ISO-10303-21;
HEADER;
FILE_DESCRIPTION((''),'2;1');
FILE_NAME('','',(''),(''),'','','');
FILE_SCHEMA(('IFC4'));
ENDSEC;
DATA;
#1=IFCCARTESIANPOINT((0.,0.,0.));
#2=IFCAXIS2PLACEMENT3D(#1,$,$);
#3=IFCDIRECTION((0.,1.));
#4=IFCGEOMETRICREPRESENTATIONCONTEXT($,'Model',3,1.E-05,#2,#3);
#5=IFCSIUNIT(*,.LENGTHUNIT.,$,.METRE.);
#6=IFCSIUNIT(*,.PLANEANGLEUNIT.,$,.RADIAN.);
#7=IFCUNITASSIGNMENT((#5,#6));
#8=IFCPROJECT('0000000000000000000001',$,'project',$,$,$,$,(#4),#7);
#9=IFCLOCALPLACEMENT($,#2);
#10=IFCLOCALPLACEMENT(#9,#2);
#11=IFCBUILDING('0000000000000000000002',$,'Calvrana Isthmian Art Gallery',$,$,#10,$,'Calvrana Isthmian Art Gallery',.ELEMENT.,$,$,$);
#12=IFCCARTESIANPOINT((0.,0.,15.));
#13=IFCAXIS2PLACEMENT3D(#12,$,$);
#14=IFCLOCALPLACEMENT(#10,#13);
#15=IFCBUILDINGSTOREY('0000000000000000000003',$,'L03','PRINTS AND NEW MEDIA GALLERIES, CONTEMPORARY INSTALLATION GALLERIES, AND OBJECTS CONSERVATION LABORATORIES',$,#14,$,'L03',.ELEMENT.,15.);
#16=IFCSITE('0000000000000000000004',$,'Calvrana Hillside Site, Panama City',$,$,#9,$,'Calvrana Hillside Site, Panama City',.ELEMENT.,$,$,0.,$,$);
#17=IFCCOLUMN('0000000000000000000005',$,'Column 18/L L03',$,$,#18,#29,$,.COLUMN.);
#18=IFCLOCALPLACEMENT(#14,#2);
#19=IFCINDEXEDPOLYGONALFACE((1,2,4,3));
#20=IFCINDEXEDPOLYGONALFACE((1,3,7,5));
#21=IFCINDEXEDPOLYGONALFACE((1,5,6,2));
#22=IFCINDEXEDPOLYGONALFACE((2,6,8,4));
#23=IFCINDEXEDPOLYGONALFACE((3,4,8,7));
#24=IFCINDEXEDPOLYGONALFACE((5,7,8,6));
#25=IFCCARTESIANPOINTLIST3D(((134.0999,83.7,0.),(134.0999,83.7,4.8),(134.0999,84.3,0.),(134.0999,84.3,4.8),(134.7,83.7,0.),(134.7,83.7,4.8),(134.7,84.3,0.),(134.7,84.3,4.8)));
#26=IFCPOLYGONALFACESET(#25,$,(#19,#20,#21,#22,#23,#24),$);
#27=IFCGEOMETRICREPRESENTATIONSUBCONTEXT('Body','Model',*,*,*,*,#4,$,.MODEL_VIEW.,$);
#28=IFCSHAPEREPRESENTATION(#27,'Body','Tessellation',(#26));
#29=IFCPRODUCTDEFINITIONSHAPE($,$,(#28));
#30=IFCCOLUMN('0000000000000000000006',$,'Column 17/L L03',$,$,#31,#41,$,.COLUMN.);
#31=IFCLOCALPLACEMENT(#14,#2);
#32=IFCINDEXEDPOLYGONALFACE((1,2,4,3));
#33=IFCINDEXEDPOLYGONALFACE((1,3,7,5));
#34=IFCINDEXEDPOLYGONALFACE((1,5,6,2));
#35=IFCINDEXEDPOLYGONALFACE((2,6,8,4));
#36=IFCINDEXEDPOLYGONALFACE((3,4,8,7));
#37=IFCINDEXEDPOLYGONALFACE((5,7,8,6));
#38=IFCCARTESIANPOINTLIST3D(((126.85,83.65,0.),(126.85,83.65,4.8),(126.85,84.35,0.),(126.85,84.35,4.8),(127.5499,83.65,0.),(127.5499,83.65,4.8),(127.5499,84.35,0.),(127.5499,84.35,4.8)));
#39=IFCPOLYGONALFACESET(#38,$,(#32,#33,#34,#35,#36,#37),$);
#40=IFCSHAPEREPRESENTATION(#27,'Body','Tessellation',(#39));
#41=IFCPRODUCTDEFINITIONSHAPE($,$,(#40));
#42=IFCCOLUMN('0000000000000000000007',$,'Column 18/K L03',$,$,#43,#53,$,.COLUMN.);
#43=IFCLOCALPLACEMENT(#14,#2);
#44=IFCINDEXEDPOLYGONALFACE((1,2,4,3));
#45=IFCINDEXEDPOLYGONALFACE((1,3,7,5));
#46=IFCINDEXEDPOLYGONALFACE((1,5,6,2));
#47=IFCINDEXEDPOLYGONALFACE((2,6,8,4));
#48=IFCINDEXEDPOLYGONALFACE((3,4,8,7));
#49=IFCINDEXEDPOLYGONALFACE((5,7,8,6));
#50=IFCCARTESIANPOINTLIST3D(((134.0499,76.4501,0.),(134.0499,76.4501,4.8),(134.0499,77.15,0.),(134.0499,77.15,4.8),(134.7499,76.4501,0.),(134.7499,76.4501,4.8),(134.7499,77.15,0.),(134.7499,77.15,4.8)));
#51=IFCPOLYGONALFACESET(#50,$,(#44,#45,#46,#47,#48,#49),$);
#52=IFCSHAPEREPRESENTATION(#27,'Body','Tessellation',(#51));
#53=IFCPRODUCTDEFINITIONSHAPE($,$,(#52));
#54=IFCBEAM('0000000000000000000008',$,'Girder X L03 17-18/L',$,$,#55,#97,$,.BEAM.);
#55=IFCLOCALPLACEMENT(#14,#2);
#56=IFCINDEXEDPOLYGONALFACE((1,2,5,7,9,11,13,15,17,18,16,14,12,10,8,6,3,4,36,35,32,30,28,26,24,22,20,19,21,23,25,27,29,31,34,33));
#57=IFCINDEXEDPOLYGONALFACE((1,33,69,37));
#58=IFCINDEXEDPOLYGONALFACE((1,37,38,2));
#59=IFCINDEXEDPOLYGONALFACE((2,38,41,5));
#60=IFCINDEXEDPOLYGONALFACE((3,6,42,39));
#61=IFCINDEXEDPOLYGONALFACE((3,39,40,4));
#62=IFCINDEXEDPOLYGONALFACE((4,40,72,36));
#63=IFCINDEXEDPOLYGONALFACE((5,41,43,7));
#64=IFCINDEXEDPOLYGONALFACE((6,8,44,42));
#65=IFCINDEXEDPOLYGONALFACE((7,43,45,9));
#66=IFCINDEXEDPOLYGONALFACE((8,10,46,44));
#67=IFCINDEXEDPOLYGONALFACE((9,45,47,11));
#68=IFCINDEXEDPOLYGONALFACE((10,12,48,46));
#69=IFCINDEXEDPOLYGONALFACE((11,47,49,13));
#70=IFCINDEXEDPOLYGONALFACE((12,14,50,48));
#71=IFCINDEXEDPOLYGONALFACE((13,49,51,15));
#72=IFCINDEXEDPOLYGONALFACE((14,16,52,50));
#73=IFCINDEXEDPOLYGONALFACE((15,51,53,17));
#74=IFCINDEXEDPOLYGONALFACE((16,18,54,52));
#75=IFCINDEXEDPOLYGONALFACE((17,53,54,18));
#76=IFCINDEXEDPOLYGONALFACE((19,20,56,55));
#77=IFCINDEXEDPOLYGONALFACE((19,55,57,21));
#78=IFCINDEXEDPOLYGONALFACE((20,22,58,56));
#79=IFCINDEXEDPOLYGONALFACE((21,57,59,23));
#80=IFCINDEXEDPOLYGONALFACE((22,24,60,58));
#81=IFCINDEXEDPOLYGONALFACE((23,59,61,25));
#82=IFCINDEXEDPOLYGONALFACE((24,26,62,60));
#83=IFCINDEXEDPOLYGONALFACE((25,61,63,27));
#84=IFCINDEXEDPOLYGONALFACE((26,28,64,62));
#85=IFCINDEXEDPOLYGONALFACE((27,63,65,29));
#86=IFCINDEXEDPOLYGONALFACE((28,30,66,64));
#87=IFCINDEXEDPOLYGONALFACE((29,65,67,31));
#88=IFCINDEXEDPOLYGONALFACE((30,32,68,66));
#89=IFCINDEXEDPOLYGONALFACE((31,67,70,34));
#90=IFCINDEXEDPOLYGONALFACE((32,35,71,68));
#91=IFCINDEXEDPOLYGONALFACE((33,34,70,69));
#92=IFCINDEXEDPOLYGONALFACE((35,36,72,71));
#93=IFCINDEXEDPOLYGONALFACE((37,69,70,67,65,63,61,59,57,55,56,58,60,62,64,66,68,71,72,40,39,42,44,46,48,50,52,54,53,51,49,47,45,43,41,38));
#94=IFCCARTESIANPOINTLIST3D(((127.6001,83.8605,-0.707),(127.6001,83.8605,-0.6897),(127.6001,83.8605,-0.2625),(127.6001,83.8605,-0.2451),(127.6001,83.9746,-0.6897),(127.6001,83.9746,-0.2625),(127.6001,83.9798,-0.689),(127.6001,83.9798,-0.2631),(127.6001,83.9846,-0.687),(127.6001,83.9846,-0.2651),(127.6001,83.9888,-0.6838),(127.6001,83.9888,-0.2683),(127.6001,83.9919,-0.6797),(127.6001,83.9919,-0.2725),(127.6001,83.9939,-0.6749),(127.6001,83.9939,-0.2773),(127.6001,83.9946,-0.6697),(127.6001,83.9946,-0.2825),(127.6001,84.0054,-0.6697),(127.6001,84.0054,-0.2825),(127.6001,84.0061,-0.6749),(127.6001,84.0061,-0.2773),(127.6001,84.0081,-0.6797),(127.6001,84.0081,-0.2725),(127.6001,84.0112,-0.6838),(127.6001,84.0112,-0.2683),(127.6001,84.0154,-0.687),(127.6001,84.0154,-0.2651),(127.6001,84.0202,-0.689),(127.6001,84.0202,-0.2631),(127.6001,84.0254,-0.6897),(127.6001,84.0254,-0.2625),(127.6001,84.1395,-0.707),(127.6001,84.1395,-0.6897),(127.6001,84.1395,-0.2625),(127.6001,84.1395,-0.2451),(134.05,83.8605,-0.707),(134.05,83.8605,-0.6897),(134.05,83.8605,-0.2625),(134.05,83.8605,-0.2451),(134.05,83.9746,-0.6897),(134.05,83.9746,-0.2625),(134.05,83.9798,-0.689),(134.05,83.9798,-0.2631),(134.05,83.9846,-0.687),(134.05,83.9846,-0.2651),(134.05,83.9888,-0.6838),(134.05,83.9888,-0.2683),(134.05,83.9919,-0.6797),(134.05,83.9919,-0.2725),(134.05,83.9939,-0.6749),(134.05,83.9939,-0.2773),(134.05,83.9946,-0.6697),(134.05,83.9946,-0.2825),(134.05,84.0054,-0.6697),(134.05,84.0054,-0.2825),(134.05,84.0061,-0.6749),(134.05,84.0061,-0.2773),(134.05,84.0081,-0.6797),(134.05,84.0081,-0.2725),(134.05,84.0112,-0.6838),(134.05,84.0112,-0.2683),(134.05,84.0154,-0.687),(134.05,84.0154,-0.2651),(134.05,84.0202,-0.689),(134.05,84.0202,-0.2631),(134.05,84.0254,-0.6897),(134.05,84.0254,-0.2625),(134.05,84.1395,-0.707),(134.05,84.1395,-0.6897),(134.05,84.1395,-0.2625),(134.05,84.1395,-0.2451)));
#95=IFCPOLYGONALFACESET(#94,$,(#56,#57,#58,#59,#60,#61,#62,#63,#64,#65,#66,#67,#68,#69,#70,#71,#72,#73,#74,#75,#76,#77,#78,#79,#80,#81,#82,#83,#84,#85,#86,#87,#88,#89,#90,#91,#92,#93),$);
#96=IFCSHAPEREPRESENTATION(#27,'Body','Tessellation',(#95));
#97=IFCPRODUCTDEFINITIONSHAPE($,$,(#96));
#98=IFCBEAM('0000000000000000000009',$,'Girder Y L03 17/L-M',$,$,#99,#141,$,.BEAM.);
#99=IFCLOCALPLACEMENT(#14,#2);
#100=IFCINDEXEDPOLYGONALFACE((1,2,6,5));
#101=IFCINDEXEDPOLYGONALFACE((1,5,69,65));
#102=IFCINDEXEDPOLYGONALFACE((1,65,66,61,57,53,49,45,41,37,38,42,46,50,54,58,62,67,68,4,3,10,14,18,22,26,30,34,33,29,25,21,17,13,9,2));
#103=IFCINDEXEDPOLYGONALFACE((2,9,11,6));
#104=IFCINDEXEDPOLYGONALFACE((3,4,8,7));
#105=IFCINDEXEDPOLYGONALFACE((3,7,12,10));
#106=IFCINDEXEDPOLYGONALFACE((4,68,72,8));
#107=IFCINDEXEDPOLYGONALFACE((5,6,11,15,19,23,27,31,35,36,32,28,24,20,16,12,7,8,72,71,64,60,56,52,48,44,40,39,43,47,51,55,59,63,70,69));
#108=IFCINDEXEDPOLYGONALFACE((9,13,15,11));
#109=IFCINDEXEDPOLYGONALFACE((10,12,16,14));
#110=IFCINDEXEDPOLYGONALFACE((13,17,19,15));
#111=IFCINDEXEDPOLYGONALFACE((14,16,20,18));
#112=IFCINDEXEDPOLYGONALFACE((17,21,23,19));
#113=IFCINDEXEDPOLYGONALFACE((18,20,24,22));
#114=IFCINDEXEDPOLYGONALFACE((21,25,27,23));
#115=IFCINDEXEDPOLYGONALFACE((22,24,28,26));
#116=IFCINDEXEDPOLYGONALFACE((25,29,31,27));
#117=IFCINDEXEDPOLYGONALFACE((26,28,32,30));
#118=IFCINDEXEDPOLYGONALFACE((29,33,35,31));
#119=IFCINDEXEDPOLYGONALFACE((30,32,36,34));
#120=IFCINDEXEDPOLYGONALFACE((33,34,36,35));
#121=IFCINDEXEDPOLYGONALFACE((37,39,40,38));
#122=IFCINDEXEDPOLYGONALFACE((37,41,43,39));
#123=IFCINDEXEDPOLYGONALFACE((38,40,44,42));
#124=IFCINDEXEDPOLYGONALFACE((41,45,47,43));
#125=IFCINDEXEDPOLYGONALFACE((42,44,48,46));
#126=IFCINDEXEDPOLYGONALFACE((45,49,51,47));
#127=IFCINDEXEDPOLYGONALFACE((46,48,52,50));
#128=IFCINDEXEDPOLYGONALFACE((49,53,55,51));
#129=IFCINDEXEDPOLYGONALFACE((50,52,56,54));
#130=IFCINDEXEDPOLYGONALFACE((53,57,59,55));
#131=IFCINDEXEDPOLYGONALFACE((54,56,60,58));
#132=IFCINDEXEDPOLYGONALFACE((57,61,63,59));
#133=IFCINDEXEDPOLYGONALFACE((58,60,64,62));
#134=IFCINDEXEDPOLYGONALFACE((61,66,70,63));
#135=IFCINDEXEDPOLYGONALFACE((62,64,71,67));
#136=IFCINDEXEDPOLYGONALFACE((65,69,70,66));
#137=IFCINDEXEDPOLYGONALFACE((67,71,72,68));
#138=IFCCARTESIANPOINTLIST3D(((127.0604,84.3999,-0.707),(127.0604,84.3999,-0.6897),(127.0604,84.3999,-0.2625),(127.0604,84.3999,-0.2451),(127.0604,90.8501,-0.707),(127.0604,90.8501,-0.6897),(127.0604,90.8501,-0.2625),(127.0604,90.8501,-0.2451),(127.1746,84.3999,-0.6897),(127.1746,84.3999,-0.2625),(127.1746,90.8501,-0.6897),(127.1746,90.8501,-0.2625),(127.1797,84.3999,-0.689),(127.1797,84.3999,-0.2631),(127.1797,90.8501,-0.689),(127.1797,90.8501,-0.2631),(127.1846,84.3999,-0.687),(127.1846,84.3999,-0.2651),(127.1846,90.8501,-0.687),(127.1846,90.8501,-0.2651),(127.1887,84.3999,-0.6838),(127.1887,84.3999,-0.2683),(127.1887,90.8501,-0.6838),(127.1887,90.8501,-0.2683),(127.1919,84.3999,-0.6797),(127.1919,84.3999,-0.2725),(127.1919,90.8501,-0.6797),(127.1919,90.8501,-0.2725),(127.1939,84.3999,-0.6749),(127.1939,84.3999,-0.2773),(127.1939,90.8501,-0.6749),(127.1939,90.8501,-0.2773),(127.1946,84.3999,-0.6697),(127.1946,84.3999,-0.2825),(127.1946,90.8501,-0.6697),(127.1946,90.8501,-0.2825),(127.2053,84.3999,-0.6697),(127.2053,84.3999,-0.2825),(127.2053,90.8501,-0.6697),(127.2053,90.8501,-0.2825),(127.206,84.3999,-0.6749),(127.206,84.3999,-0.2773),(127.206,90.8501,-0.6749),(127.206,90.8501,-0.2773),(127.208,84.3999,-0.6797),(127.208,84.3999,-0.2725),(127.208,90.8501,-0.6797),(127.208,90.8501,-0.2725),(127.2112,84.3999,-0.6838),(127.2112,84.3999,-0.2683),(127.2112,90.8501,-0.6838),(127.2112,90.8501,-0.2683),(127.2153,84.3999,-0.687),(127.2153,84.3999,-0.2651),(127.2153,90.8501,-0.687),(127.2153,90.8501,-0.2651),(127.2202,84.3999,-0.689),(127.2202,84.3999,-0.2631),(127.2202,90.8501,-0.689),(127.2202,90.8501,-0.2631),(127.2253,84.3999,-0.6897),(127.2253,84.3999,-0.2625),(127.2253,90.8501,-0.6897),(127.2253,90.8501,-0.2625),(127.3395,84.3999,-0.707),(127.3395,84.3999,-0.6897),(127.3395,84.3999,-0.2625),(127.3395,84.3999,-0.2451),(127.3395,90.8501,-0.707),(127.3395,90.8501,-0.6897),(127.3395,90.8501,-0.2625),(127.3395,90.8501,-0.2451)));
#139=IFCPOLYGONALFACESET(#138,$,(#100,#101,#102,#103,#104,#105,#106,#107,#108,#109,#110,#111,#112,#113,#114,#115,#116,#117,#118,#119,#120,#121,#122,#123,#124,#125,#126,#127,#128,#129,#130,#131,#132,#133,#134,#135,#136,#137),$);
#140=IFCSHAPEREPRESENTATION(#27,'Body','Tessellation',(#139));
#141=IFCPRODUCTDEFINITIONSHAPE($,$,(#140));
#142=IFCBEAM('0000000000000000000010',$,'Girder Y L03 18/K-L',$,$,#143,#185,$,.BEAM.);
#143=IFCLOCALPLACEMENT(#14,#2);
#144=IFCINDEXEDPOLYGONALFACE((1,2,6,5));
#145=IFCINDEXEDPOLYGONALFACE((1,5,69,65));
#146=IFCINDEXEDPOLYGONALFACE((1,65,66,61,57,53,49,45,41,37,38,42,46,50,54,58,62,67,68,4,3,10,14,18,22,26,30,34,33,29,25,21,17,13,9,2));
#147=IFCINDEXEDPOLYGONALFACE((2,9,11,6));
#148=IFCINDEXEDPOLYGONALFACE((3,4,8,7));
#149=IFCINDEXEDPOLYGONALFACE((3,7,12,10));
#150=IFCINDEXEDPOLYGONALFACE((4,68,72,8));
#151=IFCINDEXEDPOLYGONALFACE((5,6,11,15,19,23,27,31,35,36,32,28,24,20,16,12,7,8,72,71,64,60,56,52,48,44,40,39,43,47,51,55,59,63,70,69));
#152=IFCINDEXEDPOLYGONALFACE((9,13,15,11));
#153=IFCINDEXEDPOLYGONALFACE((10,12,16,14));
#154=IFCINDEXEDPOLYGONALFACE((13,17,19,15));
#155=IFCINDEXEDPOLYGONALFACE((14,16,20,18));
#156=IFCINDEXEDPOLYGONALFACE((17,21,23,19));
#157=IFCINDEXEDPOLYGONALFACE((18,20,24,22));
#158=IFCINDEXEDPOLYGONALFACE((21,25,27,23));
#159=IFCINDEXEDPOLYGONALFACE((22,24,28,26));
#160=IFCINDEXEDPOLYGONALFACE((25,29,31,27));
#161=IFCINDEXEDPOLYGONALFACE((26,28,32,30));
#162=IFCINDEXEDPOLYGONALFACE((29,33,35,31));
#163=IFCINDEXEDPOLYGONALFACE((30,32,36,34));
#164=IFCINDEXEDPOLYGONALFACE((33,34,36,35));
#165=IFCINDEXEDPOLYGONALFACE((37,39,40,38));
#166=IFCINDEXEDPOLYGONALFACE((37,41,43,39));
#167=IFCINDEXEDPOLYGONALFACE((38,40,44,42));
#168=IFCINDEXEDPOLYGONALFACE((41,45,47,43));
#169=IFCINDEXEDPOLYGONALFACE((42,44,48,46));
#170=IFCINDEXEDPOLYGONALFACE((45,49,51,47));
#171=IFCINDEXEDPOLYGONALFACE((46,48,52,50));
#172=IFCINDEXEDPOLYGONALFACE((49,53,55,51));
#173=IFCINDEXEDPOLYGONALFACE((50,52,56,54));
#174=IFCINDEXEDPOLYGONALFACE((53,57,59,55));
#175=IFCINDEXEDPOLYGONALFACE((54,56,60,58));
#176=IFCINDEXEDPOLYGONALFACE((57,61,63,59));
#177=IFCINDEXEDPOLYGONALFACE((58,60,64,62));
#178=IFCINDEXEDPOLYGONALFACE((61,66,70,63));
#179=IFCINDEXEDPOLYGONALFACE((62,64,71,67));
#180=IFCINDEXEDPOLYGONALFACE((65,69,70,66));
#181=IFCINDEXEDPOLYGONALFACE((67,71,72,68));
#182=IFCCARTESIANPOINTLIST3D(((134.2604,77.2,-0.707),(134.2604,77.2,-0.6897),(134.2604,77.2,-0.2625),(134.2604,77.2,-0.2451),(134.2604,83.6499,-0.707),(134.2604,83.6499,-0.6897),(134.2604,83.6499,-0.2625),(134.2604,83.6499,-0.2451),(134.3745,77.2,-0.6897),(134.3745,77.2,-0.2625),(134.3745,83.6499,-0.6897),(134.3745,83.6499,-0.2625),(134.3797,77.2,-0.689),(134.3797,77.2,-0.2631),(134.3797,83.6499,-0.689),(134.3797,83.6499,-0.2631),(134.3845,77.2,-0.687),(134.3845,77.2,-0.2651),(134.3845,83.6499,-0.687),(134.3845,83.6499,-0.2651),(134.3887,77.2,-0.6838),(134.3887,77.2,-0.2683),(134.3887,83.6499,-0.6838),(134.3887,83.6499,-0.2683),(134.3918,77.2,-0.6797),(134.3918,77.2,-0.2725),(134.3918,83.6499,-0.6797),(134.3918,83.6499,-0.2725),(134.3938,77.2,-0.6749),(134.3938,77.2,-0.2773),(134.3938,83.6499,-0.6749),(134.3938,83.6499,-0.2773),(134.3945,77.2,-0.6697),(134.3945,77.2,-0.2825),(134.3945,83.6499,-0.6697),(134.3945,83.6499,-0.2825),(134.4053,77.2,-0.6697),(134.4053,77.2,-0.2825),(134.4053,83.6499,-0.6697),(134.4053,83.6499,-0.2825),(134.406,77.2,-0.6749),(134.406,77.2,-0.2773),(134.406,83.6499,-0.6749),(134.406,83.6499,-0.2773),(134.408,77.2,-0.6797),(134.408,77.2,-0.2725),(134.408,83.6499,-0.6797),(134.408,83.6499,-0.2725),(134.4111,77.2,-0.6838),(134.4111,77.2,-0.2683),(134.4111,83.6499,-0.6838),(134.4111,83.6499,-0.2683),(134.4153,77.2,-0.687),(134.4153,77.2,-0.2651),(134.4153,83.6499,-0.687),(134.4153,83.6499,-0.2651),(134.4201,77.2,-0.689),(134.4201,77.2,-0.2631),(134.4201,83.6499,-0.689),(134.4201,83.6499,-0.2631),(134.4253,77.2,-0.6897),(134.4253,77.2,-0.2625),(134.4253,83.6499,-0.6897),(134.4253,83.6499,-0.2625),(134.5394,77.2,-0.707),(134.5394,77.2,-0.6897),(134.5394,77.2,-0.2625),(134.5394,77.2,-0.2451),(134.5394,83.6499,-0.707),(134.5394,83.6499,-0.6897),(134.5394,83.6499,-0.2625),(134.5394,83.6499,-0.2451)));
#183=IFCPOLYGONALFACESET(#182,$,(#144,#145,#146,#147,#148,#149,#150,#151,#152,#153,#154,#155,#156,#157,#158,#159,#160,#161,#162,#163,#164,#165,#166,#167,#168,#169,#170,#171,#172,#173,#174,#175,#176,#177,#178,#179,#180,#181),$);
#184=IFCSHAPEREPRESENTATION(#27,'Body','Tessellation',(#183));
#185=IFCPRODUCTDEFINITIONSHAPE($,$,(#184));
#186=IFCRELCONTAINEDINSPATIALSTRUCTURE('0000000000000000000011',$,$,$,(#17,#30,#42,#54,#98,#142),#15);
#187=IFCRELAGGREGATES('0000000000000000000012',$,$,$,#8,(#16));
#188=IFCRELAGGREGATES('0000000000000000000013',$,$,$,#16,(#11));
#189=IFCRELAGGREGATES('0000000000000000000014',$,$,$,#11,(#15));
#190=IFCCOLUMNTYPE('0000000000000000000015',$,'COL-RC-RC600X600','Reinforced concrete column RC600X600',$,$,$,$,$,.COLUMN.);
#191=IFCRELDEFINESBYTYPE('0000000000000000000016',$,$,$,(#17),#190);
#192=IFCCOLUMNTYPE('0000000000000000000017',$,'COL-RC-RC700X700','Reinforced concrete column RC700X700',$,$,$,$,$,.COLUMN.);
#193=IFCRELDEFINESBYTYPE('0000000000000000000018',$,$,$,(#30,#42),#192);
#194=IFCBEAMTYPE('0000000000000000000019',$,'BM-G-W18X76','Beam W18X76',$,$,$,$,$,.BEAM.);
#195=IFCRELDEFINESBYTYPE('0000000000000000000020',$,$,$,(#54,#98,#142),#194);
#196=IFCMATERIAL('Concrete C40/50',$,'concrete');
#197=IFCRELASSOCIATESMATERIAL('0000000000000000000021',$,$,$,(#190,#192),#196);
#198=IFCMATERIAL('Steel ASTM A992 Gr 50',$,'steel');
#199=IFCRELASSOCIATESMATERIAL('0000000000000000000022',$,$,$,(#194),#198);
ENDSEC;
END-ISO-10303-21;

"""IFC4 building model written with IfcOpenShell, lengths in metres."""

from ifc_helpers import new_model, si_unit, direction, frame, origin, origin_2d, place, context, subcontext, project, spatial, rectangle, i_section, extrude, material, material_profile, profile_set, type_object, element, save


model = new_model("IFC4")

# Units and contexts
model_context = context("Model", 3, precision=1e-05, world=origin(), true_north=direction((0.0, 1.0)))
body_context = subcontext(model_context, "Body", "Model", "MODEL_VIEW")
ifc_project = project(units=[si_unit("LENGTHUNIT", "METRE"), si_unit("PLANEANGLEUNIT", "RADIAN")], contexts=[model_context])

# Site, building, storey
site_placement = place(None, origin())
site = spatial("IfcSite", under=ifc_project, at=site_placement, Name="Calvrana Hillside Site, Panama City", LongName="Calvrana Hillside Site, Panama City", CompositionType="ELEMENT", RefElevation=0.0)
building_placement = place(site_placement, origin())
building = spatial("IfcBuilding", under=site, at=building_placement, Name="Calvrana Isthmian Art Gallery", LongName="Calvrana Isthmian Art Gallery", CompositionType="ELEMENT")
storey_placement = place(building_placement, frame((0.0, 0.0, 15.0)))
storey = spatial("IfcBuildingStorey", under=building, at=storey_placement, Name="L03", Description="PRINTS AND NEW MEDIA GALLERIES, CONTEMPORARY INSTALLATION GALLERIES, AND OBJECTS CONSERVATION LABORATORIES", LongName="L03", CompositionType="ELEMENT", Elevation=15.0)

# Columns
ifc_material_1 = material(Name="Concrete C40/50", Category="concrete")
ifc_material_profile_1 = material_profile(ifc_material_1, rectangle(XDim=0.6001, YDim=0.6001, at=origin_2d()), Name="RC600X600")
ifc_profile_set_1 = profile_set([ifc_material_profile_1], Name="Concrete C40/50")
column_type_1 = type_object("IfcColumnType", Name="COL-RC-RC600X600", Description="Reinforced concrete column RC600X600", PredefinedType="COLUMN", material=ifc_profile_set_1)
column_placement = place(storey_placement, frame((134.3999, 84.0, 0.0), z_axis=(0.0, 0.0, 1.0), x_axis=(1.0, 0.0, 0.0)))
element("IfcColumn", 1, at=column_placement, inside=storey, type_object=column_type_1, Name="Column 18/L L03", PredefinedType="COLUMN", context=body_context, shape_type="SweptSolid", body=[
    extrude(rectangle(XDim=0.6001, YDim=0.6001, at=origin_2d()), origin(), (0.0, 0.0, 1.0), 4.8),
])
ifc_material_profile_2 = material_profile(ifc_material_1, rectangle(XDim=0.7, YDim=0.7, at=origin_2d()), Name="RC700X700")
ifc_profile_set_2 = profile_set([ifc_material_profile_2], Name="Concrete C40/50")
column_type_2 = type_object("IfcColumnType", Name="COL-RC-RC700X700", Description="Reinforced concrete column RC700X700", PredefinedType="COLUMN", material=ifc_profile_set_2)
for number, where, z_axis, x_axis, name in (
    (2, (127.2, 84.0, 0.0), (0.0, 0.0, 1.0), (1.0, 0.0, 0.0), "Column 17/L L03"),
    (3, (134.3999, 76.8, 0.0), (0.0, 0.0, 1.0), (1.0, 0.0, 0.0), "Column 18/K L03"),
):
    element("IfcColumn", number, at=place(storey_placement, frame(where, z_axis=z_axis, x_axis=x_axis)), inside=storey, type_object=column_type_2, Name=name, PredefinedType="COLUMN", context=body_context, shape_type="SweptSolid", body=[
        extrude(rectangle(XDim=0.7, YDim=0.7, at=origin_2d()), origin(), (0.0, 0.0, 1.0), 4.8),
    ])

# Beams
ifc_material_2 = material(Name="Steel ASTM A992 Gr 50", Category="steel")
ifc_material_profile_3 = material_profile(ifc_material_2, i_section(OverallWidth=0.2791, OverallDepth=0.4619, WebThickness=0.0107, FlangeThickness=0.0173, FilletRadius=0.02, at=origin_2d()), Name="W18X76")
ifc_profile_set_3 = profile_set([ifc_material_profile_3], Name="Steel ASTM A992 Gr 50")
beam_type_1 = type_object("IfcBeamType", Name="BM-G-W18X76", Description="Beam W18X76", PredefinedType="BEAM", material=ifc_profile_set_3)
beam_1_placement = place(storey_placement, frame((127.6001, 84.0, -0.4761), z_axis=(1.0, 0.0, 0.0), x_axis=(0.0, 1.0, 0.0)))
element("IfcBeam", 4, at=beam_1_placement, inside=storey, type_object=beam_type_1, Name="Girder X L03 17-18/L", PredefinedType="BEAM", context=body_context, shape_type="SweptSolid", body=[
    extrude(i_section(OverallWidth=0.2791, OverallDepth=0.4619, WebThickness=0.0107, FlangeThickness=0.0173, FilletRadius=0.02, at=origin_2d()), origin(), (0.0, 0.0, 1.0), 6.45),
])
beam_2_placement = place(storey_placement, frame((127.2, 84.3999, -0.4761), z_axis=(0.0, 1.0, 0.0), x_axis=(-1.0, 0.0, 0.0)))
element("IfcBeam", 5, at=beam_2_placement, inside=storey, type_object=beam_type_1, Name="Girder Y L03 17/L-M", PredefinedType="BEAM", context=body_context, shape_type="SweptSolid", body=[
    extrude(i_section(OverallWidth=0.2791, OverallDepth=0.4619, WebThickness=0.0107, FlangeThickness=0.0173, FilletRadius=0.02, at=origin_2d()), origin(), (0.0, 0.0, 1.0), 6.4502),
])
beam_3_placement = place(storey_placement, frame((134.3999, 77.2, -0.4761), z_axis=(0.0, 1.0, 0.0), x_axis=(-1.0, 0.0, 0.0)))
element("IfcBeam", 6, at=beam_3_placement, inside=storey, type_object=beam_type_1, Name="Girder Y L03 18/K-L", PredefinedType="BEAM", context=body_context, shape_type="SweptSolid", body=[
    extrude(i_section(OverallWidth=0.2791, OverallDepth=0.4619, WebThickness=0.0107, FlangeThickness=0.0173, FilletRadius=0.02, at=origin_2d()), origin(), (0.0, 0.0, 1.0), 6.45),
])

save(model, "model.ifc")
